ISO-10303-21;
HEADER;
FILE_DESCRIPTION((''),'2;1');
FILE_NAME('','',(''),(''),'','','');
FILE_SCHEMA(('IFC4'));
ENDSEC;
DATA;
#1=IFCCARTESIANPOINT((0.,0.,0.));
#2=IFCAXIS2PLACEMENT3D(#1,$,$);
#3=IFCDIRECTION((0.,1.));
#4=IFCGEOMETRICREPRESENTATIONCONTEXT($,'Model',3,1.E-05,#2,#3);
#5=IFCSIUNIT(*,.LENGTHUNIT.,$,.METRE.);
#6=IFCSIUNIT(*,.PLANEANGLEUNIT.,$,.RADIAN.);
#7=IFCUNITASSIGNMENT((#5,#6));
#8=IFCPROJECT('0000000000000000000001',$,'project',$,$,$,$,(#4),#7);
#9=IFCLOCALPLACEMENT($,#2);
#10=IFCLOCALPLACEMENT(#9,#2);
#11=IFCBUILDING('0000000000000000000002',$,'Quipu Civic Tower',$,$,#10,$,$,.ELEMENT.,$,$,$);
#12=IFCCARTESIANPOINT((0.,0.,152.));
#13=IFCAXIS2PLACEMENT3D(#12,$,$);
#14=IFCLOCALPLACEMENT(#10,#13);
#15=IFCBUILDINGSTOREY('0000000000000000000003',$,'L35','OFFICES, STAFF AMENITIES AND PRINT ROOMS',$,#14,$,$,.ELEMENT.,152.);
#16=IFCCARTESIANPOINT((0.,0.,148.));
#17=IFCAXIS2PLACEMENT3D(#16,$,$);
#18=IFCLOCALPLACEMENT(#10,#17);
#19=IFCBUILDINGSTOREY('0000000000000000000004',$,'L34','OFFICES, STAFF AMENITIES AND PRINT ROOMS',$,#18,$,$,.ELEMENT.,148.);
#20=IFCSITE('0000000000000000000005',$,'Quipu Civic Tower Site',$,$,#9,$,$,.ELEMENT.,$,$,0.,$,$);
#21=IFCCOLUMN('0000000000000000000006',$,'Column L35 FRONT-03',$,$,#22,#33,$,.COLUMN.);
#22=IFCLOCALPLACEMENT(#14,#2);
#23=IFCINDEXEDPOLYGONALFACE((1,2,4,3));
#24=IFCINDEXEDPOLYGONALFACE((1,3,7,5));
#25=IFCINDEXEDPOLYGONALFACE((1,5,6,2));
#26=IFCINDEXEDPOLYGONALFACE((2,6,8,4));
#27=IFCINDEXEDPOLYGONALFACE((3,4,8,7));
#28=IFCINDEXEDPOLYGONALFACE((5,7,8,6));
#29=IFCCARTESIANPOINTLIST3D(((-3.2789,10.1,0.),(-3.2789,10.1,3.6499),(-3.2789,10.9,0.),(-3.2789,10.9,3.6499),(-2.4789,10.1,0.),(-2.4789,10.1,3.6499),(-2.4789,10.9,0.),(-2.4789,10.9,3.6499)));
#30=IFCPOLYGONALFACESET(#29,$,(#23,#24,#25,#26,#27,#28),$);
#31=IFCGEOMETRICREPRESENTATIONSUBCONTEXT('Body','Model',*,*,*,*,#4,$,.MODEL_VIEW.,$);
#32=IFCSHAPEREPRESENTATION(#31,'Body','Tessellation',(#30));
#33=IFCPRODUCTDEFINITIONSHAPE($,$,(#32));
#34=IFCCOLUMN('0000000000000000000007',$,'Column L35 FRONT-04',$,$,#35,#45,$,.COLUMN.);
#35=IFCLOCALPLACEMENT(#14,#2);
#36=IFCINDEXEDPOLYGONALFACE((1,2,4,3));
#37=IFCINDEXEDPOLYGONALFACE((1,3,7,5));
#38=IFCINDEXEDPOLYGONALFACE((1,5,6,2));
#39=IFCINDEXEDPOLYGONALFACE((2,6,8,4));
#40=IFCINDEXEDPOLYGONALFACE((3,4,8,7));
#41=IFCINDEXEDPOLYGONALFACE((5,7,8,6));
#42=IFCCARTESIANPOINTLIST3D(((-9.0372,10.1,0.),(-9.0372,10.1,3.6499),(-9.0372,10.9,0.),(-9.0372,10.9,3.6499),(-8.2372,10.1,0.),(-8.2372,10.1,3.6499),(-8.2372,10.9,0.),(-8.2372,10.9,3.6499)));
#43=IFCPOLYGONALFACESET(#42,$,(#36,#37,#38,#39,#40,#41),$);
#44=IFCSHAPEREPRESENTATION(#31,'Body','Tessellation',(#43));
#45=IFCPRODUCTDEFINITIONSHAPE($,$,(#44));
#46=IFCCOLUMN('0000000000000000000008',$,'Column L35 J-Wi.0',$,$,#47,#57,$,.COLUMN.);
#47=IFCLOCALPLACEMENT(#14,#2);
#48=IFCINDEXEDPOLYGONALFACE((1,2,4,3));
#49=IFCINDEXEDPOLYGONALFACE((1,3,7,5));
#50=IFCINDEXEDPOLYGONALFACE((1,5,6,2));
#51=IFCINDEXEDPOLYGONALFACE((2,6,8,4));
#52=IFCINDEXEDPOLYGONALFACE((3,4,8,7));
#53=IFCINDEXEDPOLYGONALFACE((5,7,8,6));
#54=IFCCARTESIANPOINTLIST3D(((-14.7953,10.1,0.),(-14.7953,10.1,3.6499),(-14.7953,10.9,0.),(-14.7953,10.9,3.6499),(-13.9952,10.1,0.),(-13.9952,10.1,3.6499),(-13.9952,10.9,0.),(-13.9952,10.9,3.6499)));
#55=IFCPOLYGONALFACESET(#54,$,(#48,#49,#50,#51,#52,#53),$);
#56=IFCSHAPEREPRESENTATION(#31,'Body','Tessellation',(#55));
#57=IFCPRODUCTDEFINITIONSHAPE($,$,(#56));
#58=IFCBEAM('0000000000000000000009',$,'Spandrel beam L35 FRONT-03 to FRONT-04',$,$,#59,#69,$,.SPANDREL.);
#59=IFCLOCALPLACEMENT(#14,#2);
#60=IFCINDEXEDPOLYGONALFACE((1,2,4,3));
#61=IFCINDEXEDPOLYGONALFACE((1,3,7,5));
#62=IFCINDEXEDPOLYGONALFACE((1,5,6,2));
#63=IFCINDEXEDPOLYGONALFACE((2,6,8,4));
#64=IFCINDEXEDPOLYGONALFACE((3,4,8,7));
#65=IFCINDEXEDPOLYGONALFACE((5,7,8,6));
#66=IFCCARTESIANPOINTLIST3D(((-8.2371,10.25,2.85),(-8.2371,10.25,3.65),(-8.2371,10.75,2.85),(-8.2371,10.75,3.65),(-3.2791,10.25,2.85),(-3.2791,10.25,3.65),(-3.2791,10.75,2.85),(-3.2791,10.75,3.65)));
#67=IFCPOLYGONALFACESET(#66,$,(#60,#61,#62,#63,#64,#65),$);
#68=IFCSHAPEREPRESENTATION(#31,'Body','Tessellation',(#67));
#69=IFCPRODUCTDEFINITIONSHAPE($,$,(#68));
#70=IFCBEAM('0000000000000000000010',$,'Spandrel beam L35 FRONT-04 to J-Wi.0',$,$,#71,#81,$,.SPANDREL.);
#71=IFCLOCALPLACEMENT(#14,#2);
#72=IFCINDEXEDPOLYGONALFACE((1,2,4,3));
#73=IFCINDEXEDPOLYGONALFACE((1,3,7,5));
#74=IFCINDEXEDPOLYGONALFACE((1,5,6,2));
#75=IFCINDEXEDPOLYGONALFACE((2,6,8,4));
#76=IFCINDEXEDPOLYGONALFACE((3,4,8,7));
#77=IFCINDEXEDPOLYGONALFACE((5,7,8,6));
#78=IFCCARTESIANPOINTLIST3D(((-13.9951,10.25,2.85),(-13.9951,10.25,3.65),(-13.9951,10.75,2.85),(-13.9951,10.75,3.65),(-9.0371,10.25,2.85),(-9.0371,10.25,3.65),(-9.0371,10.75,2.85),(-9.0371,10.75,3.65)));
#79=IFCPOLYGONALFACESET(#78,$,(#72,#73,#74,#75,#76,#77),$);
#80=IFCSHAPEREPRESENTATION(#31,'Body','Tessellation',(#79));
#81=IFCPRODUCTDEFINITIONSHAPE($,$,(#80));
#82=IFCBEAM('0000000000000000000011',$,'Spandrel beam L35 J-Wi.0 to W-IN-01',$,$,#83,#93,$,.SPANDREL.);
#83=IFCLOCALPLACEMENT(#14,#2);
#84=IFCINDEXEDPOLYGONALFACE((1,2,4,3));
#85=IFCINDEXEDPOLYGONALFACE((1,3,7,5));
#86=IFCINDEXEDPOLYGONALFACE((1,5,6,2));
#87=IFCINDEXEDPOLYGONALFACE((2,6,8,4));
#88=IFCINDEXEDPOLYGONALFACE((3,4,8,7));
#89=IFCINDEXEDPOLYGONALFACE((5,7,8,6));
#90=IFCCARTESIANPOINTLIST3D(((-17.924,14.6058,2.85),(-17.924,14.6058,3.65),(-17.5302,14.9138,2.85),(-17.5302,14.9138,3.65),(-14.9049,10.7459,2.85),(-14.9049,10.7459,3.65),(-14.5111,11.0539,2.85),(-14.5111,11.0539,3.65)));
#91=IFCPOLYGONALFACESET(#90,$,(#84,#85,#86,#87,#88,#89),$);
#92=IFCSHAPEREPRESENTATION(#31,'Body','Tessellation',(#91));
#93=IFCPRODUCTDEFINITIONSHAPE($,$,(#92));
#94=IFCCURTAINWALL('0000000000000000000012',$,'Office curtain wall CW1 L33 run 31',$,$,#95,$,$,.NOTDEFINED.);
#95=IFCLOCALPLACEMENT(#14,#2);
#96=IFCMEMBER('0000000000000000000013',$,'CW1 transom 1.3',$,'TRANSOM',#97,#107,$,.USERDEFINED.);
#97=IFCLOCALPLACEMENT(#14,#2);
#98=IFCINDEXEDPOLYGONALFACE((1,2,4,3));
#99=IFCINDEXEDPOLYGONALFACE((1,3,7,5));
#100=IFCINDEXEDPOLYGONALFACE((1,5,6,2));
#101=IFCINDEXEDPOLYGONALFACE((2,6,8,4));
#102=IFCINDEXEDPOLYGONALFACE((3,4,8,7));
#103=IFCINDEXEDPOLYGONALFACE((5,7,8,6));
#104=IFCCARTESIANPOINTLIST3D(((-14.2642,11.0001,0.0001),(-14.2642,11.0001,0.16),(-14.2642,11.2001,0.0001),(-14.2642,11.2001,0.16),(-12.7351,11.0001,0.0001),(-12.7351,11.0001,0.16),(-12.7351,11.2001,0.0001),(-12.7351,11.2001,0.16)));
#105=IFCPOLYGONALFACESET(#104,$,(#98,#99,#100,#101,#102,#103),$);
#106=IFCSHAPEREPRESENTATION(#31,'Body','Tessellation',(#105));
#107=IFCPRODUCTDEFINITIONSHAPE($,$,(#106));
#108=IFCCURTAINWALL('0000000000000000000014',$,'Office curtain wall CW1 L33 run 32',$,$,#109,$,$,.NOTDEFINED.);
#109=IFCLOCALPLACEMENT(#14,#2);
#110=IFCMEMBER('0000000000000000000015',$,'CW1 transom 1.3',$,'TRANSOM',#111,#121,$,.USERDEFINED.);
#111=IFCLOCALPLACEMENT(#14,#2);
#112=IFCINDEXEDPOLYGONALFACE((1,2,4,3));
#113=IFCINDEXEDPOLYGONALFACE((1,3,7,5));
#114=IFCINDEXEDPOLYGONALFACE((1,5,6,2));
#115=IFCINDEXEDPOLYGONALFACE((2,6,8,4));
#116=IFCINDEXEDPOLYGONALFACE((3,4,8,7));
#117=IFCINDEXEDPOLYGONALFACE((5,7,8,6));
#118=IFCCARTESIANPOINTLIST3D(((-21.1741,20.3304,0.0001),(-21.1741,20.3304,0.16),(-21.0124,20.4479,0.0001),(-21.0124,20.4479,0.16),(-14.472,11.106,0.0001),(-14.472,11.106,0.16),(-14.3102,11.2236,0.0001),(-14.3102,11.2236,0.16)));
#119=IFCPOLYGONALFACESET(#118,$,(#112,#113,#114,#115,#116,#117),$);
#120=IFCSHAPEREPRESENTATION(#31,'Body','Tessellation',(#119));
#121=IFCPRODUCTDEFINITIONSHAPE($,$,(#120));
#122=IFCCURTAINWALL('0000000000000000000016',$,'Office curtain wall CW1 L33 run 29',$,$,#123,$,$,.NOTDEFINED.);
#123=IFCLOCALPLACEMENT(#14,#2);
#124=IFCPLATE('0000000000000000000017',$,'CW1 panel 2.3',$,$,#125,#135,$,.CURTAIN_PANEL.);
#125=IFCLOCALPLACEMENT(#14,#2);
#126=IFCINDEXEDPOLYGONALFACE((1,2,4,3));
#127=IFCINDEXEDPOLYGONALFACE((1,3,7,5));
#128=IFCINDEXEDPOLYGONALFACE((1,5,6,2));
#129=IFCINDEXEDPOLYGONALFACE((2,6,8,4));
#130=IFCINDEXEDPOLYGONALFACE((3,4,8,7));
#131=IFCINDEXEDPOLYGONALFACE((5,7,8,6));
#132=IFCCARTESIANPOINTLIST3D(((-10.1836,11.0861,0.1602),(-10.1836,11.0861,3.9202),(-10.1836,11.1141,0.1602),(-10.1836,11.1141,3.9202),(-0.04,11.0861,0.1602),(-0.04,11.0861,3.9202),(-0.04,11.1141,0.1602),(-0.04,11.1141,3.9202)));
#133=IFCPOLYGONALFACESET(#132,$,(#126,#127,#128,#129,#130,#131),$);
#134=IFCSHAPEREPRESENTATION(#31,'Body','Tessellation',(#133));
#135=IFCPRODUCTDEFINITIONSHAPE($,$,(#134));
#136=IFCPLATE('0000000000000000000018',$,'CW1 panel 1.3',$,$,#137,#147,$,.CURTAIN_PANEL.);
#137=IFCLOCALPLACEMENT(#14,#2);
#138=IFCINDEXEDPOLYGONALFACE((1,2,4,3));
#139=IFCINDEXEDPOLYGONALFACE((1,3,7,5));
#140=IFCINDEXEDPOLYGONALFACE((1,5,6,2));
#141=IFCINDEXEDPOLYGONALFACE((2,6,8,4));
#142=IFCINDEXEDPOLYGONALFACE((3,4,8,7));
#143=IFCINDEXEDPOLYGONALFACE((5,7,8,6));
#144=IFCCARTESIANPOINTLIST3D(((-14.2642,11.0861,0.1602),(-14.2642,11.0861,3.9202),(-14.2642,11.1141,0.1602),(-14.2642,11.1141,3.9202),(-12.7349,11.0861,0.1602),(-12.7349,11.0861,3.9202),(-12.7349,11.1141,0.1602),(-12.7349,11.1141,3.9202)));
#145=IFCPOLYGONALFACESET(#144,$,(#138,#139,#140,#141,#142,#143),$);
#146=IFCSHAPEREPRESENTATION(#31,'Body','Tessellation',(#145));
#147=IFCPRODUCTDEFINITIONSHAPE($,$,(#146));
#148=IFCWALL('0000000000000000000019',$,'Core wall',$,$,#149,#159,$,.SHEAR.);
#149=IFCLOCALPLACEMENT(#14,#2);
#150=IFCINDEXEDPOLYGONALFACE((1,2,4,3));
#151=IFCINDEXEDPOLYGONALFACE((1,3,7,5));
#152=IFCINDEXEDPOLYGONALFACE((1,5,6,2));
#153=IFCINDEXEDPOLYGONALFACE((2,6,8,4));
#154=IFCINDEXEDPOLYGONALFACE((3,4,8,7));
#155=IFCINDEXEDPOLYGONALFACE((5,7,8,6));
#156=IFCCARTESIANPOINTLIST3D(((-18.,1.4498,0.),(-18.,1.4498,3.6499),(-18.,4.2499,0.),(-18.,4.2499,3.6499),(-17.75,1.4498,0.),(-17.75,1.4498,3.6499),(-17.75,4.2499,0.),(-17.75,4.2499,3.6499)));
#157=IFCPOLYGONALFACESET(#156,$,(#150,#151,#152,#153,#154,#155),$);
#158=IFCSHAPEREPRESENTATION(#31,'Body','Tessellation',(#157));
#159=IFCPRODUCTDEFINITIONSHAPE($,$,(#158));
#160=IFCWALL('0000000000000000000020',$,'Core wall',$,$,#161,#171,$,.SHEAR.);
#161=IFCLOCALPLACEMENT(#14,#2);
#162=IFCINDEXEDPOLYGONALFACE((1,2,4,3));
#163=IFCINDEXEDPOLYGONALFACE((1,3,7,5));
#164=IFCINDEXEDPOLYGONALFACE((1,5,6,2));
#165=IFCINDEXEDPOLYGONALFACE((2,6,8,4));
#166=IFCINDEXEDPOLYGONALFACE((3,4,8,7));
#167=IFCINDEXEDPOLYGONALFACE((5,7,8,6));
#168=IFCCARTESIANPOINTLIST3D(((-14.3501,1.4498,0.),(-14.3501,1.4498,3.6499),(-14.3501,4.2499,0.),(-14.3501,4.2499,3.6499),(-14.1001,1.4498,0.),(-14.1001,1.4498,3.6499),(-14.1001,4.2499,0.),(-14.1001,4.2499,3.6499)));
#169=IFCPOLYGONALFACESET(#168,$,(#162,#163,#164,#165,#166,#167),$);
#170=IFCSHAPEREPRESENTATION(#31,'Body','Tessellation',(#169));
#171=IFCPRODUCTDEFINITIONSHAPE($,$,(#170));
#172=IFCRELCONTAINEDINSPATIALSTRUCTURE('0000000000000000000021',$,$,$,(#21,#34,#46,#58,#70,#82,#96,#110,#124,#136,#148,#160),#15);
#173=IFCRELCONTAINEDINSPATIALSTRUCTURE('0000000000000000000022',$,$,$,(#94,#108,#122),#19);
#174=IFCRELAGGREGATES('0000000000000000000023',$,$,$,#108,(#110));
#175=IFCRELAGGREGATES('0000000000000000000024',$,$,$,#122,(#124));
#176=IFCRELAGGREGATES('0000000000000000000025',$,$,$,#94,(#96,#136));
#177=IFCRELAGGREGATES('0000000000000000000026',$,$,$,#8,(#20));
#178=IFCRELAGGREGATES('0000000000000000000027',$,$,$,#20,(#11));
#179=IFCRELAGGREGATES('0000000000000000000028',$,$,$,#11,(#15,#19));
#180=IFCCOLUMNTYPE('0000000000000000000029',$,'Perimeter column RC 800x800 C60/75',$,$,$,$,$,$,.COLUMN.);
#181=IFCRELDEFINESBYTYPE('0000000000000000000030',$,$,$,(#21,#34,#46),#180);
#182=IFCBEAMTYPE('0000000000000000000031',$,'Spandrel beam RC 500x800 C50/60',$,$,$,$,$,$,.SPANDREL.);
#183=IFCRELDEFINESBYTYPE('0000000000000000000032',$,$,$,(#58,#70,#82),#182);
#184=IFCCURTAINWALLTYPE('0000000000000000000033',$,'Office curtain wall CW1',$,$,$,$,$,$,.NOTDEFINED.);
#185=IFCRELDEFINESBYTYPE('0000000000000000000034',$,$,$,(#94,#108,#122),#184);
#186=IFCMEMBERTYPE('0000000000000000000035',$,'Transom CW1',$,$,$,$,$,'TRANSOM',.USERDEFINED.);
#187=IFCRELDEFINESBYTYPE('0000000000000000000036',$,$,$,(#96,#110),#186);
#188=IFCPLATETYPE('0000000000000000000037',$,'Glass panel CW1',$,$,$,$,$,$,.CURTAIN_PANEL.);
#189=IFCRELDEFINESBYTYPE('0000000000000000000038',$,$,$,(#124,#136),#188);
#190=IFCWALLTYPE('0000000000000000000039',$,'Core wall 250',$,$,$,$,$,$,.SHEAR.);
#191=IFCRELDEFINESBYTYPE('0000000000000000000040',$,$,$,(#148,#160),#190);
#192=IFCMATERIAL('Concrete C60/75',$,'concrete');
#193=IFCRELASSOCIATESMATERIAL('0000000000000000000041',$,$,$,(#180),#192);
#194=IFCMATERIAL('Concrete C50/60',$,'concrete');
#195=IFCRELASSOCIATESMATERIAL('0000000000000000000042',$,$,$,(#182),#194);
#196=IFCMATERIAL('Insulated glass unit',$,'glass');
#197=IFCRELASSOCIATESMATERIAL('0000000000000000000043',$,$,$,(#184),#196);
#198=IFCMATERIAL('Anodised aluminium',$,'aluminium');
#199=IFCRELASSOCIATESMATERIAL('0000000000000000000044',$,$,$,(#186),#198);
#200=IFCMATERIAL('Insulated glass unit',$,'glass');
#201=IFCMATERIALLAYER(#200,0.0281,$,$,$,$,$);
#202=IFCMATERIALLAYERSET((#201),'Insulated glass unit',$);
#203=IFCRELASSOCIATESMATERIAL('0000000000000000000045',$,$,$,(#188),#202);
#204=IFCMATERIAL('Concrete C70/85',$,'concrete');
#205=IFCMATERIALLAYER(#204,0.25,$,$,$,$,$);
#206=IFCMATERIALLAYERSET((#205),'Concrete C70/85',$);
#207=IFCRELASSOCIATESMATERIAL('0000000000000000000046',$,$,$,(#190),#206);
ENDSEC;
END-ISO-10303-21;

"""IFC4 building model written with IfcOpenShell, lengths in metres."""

from ifc_helpers import new_model, si_unit, direction, frame, frame_2d, origin, origin_2d, place, context, subcontext, project, spatial, rectangle, extrude, material, layer, layer_set, material_profile, profile_set, type_object, element, aggregate, save


model = new_model("IFC4")

# Units and contexts
model_context = context("Model", 3, precision=1e-05, world=origin(), true_north=direction((0.0, 1.0)))
body_context = subcontext(model_context, "Body", "Model", "MODEL_VIEW")
ifc_project = project(units=[si_unit("LENGTHUNIT", "METRE"), si_unit("PLANEANGLEUNIT", "RADIAN")], contexts=[model_context])

# Site, building, storey
site_placement = place(None, origin())
site = spatial("IfcSite", under=ifc_project, at=site_placement, Name="Quipu Civic Tower Site", CompositionType="ELEMENT", RefElevation=0.0)
building_placement = place(site_placement, origin())
building = spatial("IfcBuilding", under=site, at=building_placement, Name="Quipu Civic Tower", CompositionType="ELEMENT")
storey_1_placement = place(building_placement, frame((0.0, 0.0, 152.0)))
storey_1 = spatial("IfcBuildingStorey", under=building, at=storey_1_placement, Name="L35", Description="OFFICES, STAFF AMENITIES AND PRINT ROOMS", CompositionType="ELEMENT", Elevation=152.0)

# Columns
ifc_material_1 = material(Name="Concrete C60/75", Category="concrete")
ifc_material_profile_1 = material_profile(ifc_material_1, rectangle(XDim=0.8, YDim=0.8, at=origin_2d()), Name="RC800x800")
ifc_profile_set_1 = profile_set([ifc_material_profile_1], Name="Concrete C60/75")
column_type = type_object("IfcColumnType", Name="Perimeter column RC 800x800 C60/75", PredefinedType="COLUMN", material=ifc_profile_set_1)
for number, where, z_axis, x_axis, name in (
    (1, (-2.8789, 10.5, 0.0), (0.0, 0.0, 1.0), (-1.0, 0.0, 0.0), "Column L35 FRONT-03"),
    (2, (-8.6372, 10.5, 0.0), (0.0, 0.0, 1.0), (-1.0, 0.0, 0.0), "Column L35 FRONT-04"),
    (3, (-14.3953, 10.5, 0.0), (0.0, 0.0, 1.0), (-1.0, 0.0, 0.0), "Column L35 J-Wi.0"),
):
    element("IfcColumn", number, at=place(storey_1_placement, frame(where, z_axis=z_axis, x_axis=x_axis)), inside=storey_1, type_object=column_type, Name=name, PredefinedType="COLUMN", context=body_context, shape_type="SweptSolid", body=[
        extrude(rectangle(XDim=0.8, YDim=0.8, at=origin_2d()), origin(), (0.0, 0.0, 1.0), 3.6499),
    ])

# Beams
ifc_material_2 = material(Name="Concrete C50/60", Category="concrete")
ifc_material_profile_2 = material_profile(ifc_material_2, rectangle(XDim=0.5, YDim=0.8, at=origin_2d()), Name="RC500x800")
ifc_profile_set_2 = profile_set([ifc_material_profile_2], Name="Concrete C50/60")
beam_type = type_object("IfcBeamType", Name="Spandrel beam RC 500x800 C50/60", PredefinedType="SPANDREL", material=ifc_profile_set_2)
for number, where, z_axis, x_axis, name in (
    (4, (-3.2791, 10.5, 3.25), (-1.0, 0.0, 0.0), (0.0, -1.0, 0.0), "Spandrel beam L35 FRONT-03 to FRONT-04"),
    (5, (-9.0371, 10.5, 3.25), (-1.0, 0.0, 0.0), (0.0, -1.0, 0.0), "Spandrel beam L35 FRONT-04 to J-Wi.0"),
):
    element("IfcBeam", number, at=place(storey_1_placement, frame(where, z_axis=z_axis, x_axis=x_axis)), inside=storey_1, type_object=beam_type, Name=name, PredefinedType="SPANDREL", context=body_context, shape_type="SweptSolid", body=[
        extrude(rectangle(XDim=0.5, YDim=0.8, at=origin_2d()), origin(), (0.0, 0.0, 1.0), 4.958),
    ])
beam_placement = place(storey_1_placement, frame((-14.708, 10.8999, 3.25), z_axis=(-0.616091, 0.787675, 0.0), x_axis=(-0.787675, -0.616091, 0.0)))
element("IfcBeam", 6, at=beam_placement, inside=storey_1, type_object=beam_type, Name="Spandrel beam L35 J-Wi.0 to W-IN-01", PredefinedType="SPANDREL", context=body_context, shape_type="SweptSolid", body=[
    extrude(rectangle(XDim=0.5, YDim=0.8, at=origin_2d()), origin(), (0.0, 0.0, 1.0), 4.9004),
])

# Shared definitions
storey_2_placement = place(building_placement, frame((0.0, 0.0, 148.0)))
storey_2 = spatial("IfcBuildingStorey", under=building, at=storey_2_placement, Name="L34", Description="OFFICES, STAFF AMENITIES AND PRINT ROOMS", CompositionType="ELEMENT", Elevation=148.0)

# Curtain walls, members
ifc_material_3 = material(Name="Insulated glass unit", Category="glass")
curtain_wall_type = type_object("IfcCurtainWallType", Name="Office curtain wall CW1", PredefinedType="NOTDEFINED", material=ifc_material_3)
curtain_wall_1_placement = place(storey_2_placement, origin())
curtain_wall_1 = element("IfcCurtainWall", 7, at=curtain_wall_1_placement, inside=storey_2, type_object=curtain_wall_type, Name="Office curtain wall CW1 L33 run 31", PredefinedType="NOTDEFINED")
ifc_material_4 = material(Name="Anodised aluminium", Category="aluminium")
ifc_material_profile_3 = material_profile(ifc_material_4, rectangle(XDim=0.2, YDim=0.1599, at=origin_2d()), Name="RECT 200x160")
ifc_profile_set_3 = profile_set([ifc_material_profile_3], Name="Anodised aluminium")
member_type = type_object("IfcMemberType", Name="Transom CW1", ElementType="TRANSOM", PredefinedType="USERDEFINED", material=ifc_profile_set_3)
member_1_placement = place(storey_1_placement, frame((-12.7351, 11.1001, 0.0801), z_axis=(-1.0, 0.0, 0.0), x_axis=(0.0, -1.0, 0.0)))
member_1 = element("IfcMember", 8, at=member_1_placement, inside=storey_1, type_object=member_type, Name="CW1 transom 1.3", ObjectType="TRANSOM", PredefinedType="USERDEFINED", context=body_context, shape_type="SweptSolid", body=[
    extrude(rectangle(XDim=0.2, YDim=0.1599, at=origin_2d()), origin(), (0.0, 0.0, 1.0), 1.5291),
])
curtain_wall_2_placement = place(storey_2_placement, origin())
curtain_wall_2 = element("IfcCurtainWall", 9, at=curtain_wall_2_placement, inside=storey_2, type_object=curtain_wall_type, Name="Office curtain wall CW1 L33 run 32", PredefinedType="NOTDEFINED")
member_2_placement = place(storey_1_placement, frame((-14.3911, 11.1648, 0.0801), z_axis=(-0.5878, 0.809006, 0.0), x_axis=(-0.809006, -0.5878, 0.0)))
member_2 = element("IfcMember", 10, at=member_2_placement, inside=storey_1, type_object=member_type, Name="CW1 transom 1.3", ObjectType="TRANSOM", PredefinedType="USERDEFINED", context=body_context, shape_type="SweptSolid", body=[
    extrude(rectangle(XDim=0.2, YDim=0.1599, at=origin_2d()), origin(), (0.0, 0.0, 1.0), 11.4021),
])
aggregate(curtain_wall_2, [member_2])

# Curtain wall, plate
curtain_wall_3_placement = place(storey_2_placement, origin())
curtain_wall_3 = element("IfcCurtainWall", 11, at=curtain_wall_3_placement, inside=storey_2, type_object=curtain_wall_type, Name="Office curtain wall CW1 L33 run 29", PredefinedType="NOTDEFINED")
ifc_material_5 = material(Name="Insulated glass unit", Category="glass")
ifc_layer_1 = layer(ifc_material_5, 0.0281)
ifc_layer_set_1 = layer_set([ifc_layer_1], Name="Insulated glass unit")
plate_type = type_object("IfcPlateType", Name="Glass panel CW1", PredefinedType="CURTAIN_PANEL", material=ifc_layer_set_1)
plate_1_placement = place(storey_1_placement, frame((-5.1118, 11.1001, 0.1602), z_axis=(0.0, 0.0, 1.0), x_axis=(-1.0, 0.0, 0.0)))
plate_1 = element("IfcPlate", 12, at=plate_1_placement, inside=storey_1, type_object=plate_type, Name="CW1 panel 2.3", PredefinedType="CURTAIN_PANEL", context=body_context, shape_type="SweptSolid", body=[
    extrude(rectangle(XDim=10.1436, YDim=0.0281, at=origin_2d()), origin(), (0.0, 0.0, 1.0), 3.76),
])
aggregate(curtain_wall_3, [plate_1])

# Plate
plate_2_placement = place(storey_1_placement, frame((-13.4995, 11.1001, 0.1602), z_axis=(0.0, 0.0, 1.0), x_axis=(-1.0, 0.0, 0.0)))
plate_2 = element("IfcPlate", 13, at=plate_2_placement, inside=storey_1, type_object=plate_type, Name="CW1 panel 1.3", PredefinedType="CURTAIN_PANEL", context=body_context, shape_type="SweptSolid", body=[
    extrude(rectangle(XDim=1.5293, YDim=0.0281, at=origin_2d()), origin(), (0.0, 0.0, 1.0), 3.76),
])
aggregate(curtain_wall_1, [member_1, plate_2])

# Walls
ifc_material_6 = material(Name="Concrete C70/85", Category="concrete")
ifc_layer_2 = layer(ifc_material_6, 0.25)
ifc_layer_set_2 = layer_set([ifc_layer_2], Name="Concrete C70/85")
wall_type_1 = type_object("IfcWallType", Name="Core wall 250", PredefinedType="SHEAR", material=ifc_layer_set_2)
for number, where, z_axis, x_axis, name in (
    (14, (-17.875, 1.45, 0.0), (0.0, 0.0, 1.0), (0.0, 1.0, 0.0), "Core wall"),
    (15, (-14.2251, 1.45, 0.0), (0.0, 0.0, 1.0), (0.0, 1.0, 0.0), "Core wall"),
):
    element("IfcWall", number, at=place(storey_1_placement, frame(where, z_axis=z_axis, x_axis=x_axis)), inside=storey_1, type_object=wall_type_1, Name=name, PredefinedType="SHEAR", context=body_context, shape_type="SweptSolid", body=[
        extrude(rectangle(XDim=2.8, YDim=0.25, at=frame_2d((1.3999, 0.0))), origin(), (0.0, 0.0, 1.0), 3.6499),
    ])

save(model, "model.ifc")
